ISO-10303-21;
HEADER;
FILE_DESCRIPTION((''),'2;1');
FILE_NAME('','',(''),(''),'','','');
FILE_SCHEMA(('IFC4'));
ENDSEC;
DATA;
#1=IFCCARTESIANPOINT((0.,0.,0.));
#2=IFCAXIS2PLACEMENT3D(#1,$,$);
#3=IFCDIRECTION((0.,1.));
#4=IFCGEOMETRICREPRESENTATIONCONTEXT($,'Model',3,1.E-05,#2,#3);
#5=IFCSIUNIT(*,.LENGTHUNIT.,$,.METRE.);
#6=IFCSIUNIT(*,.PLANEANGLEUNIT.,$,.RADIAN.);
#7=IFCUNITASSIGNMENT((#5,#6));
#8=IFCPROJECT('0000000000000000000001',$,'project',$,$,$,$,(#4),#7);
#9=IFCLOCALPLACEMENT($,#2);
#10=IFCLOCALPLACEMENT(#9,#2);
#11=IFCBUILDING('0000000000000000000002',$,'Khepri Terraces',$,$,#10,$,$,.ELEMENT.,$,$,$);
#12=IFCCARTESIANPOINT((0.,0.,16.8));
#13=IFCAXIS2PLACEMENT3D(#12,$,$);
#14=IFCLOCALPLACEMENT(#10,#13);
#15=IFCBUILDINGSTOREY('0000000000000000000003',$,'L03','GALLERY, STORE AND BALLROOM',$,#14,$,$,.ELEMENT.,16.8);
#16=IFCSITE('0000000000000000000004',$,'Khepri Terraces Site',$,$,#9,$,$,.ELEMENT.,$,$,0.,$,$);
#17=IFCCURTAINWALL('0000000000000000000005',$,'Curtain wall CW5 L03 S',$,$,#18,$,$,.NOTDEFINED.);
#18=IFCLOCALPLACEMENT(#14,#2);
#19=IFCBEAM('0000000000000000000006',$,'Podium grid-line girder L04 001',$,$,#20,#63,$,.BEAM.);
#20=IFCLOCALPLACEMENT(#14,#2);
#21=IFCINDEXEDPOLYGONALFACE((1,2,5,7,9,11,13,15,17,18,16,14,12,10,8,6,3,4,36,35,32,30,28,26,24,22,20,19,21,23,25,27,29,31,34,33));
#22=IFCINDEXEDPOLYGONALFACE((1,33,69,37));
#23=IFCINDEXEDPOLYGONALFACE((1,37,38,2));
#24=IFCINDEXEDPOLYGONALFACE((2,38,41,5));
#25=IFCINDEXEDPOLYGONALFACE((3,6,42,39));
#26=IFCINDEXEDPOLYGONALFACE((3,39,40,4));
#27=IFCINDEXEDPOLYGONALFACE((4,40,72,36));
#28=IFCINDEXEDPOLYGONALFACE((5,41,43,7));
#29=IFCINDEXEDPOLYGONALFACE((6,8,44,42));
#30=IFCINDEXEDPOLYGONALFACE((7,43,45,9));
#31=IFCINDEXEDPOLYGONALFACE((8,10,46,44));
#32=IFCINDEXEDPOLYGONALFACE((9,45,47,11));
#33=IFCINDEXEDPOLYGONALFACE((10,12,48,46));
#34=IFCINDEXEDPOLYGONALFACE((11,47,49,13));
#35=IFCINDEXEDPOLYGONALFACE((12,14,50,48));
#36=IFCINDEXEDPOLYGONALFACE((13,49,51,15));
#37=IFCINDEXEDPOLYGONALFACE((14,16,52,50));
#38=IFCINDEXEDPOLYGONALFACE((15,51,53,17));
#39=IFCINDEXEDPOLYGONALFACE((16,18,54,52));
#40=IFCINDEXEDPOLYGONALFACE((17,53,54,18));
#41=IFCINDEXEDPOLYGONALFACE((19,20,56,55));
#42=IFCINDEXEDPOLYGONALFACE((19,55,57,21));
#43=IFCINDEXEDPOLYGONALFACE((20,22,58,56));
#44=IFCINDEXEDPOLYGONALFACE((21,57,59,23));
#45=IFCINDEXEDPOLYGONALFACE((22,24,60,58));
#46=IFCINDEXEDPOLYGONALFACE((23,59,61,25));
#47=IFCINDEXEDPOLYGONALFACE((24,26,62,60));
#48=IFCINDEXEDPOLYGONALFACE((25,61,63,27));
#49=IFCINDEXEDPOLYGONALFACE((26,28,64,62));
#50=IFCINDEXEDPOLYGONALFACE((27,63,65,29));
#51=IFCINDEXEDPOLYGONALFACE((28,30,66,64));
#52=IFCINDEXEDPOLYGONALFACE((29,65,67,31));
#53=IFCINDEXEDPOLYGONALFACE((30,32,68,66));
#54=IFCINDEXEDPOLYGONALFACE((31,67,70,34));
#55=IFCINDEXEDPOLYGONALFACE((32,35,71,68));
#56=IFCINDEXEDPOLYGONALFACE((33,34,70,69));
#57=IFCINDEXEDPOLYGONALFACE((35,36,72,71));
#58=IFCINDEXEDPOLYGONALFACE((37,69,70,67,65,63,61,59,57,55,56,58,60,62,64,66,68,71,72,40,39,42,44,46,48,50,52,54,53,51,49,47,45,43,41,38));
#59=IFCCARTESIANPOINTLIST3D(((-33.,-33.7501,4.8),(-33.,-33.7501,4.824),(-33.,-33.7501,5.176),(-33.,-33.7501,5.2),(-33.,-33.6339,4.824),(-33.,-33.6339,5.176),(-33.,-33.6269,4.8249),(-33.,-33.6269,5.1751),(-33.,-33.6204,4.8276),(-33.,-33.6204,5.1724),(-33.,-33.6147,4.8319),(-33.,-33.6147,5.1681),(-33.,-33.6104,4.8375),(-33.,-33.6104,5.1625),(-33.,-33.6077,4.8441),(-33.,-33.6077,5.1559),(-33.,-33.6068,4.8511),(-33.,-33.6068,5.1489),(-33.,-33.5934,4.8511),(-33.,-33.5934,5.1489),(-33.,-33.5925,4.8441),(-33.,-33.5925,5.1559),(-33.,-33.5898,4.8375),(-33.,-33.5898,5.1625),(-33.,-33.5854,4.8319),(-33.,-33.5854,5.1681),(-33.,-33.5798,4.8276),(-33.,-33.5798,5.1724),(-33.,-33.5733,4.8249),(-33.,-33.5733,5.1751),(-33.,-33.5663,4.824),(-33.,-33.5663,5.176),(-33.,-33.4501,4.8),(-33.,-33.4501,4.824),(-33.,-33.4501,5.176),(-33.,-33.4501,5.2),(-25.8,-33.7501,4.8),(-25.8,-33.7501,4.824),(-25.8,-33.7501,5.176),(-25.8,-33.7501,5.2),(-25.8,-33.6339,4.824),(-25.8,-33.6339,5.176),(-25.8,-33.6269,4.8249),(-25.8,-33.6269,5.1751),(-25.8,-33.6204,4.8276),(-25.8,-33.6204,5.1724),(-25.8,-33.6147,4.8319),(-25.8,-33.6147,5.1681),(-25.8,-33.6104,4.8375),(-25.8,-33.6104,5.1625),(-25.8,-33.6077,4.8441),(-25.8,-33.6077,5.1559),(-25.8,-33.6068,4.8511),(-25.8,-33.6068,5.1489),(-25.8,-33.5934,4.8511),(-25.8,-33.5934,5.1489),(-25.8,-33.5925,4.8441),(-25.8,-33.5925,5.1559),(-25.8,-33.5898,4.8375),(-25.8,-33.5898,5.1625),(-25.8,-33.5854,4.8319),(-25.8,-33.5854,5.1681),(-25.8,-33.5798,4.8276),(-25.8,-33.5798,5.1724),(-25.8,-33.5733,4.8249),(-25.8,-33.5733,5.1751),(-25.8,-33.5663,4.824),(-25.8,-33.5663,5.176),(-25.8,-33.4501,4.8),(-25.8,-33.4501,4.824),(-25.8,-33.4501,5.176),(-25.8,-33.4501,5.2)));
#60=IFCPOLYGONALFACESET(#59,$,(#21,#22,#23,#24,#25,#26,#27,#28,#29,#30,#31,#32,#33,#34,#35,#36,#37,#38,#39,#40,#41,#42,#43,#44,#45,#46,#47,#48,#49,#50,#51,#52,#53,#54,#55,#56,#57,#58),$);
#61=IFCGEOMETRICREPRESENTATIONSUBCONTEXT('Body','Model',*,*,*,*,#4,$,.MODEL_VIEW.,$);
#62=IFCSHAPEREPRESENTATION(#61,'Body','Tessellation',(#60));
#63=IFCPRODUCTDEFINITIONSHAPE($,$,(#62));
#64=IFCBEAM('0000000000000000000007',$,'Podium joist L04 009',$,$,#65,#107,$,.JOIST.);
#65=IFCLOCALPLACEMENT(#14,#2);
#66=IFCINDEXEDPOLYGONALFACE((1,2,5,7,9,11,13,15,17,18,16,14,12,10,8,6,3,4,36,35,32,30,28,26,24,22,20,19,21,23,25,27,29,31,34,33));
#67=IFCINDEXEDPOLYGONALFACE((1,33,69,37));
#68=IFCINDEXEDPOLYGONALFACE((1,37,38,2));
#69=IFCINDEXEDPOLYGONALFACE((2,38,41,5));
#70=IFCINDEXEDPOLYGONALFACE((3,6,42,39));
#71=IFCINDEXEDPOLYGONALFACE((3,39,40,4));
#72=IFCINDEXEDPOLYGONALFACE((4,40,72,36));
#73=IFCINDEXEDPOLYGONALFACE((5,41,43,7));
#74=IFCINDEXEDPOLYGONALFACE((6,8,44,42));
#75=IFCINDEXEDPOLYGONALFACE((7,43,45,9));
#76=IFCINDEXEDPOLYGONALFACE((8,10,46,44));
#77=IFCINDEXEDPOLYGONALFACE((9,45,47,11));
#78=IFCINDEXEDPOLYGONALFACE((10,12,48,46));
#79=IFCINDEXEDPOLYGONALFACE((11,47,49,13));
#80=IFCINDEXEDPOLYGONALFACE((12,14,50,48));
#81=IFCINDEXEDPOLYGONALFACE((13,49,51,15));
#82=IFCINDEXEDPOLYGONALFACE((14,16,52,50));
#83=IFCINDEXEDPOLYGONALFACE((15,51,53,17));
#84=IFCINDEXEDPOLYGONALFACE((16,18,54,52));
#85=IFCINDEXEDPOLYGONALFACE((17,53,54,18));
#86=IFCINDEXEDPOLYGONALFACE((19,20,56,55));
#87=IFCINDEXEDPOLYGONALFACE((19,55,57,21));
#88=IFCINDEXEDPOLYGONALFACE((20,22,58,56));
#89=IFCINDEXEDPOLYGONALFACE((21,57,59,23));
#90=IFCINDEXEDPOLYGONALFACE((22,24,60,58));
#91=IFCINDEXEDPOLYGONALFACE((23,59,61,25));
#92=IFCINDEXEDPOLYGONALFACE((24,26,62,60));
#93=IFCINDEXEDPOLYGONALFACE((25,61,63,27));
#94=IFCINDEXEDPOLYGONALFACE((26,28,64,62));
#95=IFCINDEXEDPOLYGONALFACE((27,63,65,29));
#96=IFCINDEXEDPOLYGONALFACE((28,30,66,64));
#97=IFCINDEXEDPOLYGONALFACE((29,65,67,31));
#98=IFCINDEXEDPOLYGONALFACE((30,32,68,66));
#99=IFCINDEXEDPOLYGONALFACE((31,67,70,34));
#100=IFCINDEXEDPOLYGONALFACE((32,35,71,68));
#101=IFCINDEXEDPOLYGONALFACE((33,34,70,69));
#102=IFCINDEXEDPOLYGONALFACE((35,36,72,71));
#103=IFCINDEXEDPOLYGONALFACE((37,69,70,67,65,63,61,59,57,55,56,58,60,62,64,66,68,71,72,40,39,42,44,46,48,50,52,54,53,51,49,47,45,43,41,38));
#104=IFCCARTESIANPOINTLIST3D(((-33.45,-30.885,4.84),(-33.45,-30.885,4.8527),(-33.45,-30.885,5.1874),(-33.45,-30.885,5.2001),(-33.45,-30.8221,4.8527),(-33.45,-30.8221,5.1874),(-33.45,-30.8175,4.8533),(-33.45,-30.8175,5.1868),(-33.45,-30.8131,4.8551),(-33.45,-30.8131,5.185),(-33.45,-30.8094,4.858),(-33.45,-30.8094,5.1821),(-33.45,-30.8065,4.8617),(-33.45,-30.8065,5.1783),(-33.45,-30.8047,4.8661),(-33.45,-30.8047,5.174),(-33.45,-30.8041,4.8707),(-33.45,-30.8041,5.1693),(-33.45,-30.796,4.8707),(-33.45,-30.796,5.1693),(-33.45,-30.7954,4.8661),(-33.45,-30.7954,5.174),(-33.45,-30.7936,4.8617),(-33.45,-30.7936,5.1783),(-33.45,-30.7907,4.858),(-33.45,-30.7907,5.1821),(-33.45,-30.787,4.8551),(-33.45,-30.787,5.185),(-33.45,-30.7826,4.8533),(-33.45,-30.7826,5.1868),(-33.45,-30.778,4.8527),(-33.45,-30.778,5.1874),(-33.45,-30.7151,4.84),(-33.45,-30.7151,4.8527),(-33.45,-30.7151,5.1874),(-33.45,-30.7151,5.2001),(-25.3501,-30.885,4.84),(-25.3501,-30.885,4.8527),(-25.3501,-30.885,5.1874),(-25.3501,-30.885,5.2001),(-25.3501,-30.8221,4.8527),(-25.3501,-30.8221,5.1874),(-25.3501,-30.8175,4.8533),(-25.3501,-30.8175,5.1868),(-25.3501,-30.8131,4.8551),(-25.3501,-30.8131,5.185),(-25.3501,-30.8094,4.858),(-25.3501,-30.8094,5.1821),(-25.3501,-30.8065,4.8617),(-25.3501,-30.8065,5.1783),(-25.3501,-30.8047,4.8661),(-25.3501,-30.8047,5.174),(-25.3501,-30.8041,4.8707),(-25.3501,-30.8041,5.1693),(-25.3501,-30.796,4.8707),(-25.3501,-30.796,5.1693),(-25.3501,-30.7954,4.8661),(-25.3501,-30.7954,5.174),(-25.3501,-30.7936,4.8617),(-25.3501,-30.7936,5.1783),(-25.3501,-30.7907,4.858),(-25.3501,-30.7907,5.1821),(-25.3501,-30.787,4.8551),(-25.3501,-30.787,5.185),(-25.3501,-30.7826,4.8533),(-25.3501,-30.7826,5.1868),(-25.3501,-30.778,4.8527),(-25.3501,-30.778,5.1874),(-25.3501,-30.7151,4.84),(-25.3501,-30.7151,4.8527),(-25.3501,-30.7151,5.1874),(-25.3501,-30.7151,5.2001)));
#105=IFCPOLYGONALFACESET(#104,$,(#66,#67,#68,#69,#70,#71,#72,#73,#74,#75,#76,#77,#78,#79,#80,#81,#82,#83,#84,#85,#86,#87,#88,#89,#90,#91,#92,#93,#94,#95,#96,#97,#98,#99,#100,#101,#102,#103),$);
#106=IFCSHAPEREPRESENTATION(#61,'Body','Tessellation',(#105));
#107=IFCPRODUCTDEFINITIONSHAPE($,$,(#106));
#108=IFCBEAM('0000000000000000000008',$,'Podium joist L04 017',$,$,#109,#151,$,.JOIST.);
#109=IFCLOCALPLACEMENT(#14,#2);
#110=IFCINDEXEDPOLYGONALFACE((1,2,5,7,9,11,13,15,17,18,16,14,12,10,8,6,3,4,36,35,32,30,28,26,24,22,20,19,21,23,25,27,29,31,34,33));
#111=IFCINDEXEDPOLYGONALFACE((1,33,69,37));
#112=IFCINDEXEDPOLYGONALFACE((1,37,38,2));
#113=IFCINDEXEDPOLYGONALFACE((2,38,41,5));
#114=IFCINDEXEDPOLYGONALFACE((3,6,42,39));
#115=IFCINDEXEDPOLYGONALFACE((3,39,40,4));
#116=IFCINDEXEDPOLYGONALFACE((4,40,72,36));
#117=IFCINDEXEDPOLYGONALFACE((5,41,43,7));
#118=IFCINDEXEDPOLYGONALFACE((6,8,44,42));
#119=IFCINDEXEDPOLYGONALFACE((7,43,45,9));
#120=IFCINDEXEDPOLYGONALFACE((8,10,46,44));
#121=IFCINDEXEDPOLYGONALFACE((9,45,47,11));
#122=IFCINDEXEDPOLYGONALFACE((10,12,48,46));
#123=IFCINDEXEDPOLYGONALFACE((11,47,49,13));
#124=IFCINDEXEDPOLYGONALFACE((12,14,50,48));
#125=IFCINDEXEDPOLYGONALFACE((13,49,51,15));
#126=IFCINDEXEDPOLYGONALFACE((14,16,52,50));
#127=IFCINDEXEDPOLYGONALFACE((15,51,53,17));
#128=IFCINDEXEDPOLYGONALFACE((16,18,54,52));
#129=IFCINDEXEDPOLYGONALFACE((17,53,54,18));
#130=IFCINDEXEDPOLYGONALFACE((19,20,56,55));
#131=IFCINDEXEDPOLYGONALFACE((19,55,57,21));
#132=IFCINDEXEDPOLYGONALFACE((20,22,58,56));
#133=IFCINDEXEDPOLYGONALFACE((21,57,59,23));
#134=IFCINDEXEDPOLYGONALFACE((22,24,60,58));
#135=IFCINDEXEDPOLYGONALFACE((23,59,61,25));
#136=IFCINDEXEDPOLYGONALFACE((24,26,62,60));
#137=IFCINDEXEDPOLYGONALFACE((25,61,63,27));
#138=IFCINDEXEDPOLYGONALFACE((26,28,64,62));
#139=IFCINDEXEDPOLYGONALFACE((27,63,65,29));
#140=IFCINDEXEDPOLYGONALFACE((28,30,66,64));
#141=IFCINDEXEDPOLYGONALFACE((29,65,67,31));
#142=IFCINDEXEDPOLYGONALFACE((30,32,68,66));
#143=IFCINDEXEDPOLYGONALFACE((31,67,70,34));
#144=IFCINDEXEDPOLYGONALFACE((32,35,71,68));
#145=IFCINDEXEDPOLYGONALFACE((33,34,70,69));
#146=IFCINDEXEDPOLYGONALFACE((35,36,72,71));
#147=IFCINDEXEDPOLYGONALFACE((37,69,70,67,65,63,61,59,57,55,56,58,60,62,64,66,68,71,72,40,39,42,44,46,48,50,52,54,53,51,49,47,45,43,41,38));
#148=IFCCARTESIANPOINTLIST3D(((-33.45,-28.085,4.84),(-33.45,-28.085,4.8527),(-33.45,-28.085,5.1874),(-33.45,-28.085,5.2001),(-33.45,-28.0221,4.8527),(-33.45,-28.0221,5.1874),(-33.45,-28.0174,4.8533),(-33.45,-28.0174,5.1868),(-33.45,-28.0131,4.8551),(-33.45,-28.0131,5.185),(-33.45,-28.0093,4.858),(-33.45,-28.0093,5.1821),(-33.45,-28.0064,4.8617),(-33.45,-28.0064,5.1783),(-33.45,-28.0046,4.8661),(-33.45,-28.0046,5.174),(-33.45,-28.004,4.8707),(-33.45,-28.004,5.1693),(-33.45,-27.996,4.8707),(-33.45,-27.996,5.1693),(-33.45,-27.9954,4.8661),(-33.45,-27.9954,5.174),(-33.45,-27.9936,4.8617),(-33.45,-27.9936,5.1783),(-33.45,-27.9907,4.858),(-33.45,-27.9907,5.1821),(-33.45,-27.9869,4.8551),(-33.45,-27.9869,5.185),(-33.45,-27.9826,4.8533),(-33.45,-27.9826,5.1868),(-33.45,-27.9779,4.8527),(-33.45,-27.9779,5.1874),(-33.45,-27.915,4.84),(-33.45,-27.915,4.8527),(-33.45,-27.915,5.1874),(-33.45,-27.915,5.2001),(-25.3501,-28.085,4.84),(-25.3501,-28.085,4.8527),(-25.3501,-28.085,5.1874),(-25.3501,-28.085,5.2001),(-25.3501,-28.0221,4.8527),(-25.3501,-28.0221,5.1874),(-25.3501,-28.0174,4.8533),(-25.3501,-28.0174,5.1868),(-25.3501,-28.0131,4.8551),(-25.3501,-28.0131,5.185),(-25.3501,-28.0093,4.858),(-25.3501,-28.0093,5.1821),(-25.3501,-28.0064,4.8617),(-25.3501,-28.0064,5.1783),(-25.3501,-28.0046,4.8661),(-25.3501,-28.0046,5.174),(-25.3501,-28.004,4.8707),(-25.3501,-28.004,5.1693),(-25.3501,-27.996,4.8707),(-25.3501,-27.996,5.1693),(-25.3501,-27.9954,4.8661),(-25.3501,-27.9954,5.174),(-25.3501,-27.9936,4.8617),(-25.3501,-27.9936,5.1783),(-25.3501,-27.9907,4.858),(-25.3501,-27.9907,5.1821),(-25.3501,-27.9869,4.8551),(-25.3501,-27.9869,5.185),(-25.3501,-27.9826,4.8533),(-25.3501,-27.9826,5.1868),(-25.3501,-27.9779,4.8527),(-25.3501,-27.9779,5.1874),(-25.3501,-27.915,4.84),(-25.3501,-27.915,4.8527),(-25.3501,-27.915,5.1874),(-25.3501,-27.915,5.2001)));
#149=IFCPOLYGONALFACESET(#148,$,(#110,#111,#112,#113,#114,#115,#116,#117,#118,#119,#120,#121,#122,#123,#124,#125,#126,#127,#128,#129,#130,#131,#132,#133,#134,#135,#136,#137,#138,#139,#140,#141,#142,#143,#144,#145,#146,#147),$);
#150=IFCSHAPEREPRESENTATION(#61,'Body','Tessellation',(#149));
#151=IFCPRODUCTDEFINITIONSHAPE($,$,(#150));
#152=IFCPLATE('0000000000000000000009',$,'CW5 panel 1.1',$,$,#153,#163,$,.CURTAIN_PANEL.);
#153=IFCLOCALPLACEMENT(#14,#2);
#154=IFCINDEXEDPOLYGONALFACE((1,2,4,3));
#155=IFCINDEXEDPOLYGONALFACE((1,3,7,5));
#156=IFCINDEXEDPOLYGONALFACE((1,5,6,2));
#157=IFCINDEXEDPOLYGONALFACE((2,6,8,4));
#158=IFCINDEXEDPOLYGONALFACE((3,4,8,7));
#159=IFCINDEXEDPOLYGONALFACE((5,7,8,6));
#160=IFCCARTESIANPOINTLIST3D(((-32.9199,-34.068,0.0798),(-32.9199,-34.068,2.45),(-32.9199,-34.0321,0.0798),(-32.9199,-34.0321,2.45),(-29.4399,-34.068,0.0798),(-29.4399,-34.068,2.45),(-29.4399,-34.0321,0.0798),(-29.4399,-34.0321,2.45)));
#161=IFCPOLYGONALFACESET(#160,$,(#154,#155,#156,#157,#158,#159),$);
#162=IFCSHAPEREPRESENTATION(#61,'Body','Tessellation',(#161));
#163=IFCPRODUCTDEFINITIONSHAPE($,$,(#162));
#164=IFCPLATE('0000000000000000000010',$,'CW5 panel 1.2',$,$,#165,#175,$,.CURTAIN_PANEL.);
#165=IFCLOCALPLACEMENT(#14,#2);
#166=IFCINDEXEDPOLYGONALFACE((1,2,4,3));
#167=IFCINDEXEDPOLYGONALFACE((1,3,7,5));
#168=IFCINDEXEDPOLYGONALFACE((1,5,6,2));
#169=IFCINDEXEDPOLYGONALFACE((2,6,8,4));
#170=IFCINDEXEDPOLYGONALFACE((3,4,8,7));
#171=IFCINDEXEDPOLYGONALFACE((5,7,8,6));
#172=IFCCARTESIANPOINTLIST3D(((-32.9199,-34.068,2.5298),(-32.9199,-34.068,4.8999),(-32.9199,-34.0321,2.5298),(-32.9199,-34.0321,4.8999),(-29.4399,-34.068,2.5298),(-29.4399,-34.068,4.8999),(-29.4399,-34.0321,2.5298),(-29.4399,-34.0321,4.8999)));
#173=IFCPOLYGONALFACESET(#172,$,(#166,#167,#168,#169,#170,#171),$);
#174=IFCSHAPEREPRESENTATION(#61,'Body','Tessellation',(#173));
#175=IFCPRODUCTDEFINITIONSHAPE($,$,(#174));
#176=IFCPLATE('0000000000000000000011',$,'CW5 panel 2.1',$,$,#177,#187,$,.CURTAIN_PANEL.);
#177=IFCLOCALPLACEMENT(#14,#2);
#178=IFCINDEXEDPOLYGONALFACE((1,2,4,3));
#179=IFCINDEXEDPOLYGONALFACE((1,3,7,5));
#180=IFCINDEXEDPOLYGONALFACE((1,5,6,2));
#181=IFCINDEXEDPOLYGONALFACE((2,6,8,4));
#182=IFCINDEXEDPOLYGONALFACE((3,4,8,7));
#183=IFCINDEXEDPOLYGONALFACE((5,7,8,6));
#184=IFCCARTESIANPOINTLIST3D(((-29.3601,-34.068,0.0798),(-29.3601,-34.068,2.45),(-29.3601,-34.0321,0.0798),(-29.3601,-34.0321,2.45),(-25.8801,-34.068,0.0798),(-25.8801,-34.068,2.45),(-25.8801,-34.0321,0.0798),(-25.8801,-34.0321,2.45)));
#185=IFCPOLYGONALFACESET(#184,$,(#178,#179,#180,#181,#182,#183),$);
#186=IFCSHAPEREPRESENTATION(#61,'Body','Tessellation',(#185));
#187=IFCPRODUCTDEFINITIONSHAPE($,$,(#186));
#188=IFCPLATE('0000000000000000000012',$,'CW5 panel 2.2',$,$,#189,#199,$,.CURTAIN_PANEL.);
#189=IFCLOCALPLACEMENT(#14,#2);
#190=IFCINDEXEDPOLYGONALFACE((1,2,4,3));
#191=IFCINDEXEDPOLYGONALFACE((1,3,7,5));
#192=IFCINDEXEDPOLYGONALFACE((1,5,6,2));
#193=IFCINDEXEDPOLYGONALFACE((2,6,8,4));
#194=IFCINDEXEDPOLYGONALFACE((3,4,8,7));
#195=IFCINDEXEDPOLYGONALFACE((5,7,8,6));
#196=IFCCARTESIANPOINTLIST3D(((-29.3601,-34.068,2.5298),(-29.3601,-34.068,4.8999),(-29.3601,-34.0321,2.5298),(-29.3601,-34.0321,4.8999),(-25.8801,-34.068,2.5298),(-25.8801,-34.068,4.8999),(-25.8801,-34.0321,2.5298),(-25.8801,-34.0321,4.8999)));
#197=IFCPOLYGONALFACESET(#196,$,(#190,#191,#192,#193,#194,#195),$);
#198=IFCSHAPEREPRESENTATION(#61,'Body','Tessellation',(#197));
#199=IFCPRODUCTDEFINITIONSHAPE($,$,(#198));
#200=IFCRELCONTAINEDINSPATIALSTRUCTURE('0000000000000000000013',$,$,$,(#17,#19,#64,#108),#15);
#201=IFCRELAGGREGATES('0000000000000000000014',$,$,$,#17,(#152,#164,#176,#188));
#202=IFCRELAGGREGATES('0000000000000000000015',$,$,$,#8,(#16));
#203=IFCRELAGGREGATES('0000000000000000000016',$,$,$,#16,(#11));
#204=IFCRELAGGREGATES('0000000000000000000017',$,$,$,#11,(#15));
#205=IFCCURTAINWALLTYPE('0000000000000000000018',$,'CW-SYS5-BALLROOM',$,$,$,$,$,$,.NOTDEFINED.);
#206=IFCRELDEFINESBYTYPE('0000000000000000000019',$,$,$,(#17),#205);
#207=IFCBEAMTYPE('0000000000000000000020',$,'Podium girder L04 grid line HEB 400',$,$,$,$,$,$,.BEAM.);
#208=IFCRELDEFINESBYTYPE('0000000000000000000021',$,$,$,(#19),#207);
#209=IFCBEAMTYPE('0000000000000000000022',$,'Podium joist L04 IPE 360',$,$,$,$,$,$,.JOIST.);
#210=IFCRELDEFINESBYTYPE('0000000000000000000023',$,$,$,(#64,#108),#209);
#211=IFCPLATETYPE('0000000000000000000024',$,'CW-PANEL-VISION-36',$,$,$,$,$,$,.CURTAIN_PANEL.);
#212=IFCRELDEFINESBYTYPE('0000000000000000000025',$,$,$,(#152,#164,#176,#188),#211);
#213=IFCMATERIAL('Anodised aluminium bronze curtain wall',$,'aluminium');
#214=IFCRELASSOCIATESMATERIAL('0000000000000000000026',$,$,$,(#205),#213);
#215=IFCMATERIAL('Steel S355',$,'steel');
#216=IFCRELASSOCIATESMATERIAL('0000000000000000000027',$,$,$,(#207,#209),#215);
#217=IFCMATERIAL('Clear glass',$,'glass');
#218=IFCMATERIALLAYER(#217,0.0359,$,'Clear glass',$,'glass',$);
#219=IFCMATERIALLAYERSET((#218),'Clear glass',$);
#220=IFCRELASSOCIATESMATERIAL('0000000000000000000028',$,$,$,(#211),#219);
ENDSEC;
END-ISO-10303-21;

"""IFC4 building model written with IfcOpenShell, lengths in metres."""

from ifc_helpers import new_model, si_unit, direction, frame, origin, origin_2d, place, context, subcontext, project, spatial, rectangle, i_section, extrude, material, layer, layer_set, material_profile, profile_set, type_object, element, aggregate, save


model = new_model("IFC4")

# Units and contexts
model_context = context("Model", 3, precision=1e-05, world=origin(), true_north=direction((0.0, 1.0)))
body_context = subcontext(model_context, "Body", "Model", "MODEL_VIEW")
ifc_project = project(units=[si_unit("LENGTHUNIT", "METRE"), si_unit("PLANEANGLEUNIT", "RADIAN")], contexts=[model_context])

# Site, building, storey
site_placement = place(None, origin())
site = spatial("IfcSite", under=ifc_project, at=site_placement, Name="Khepri Terraces Site", CompositionType="ELEMENT", RefElevation=0.0)
building_placement = place(site_placement, origin())
building = spatial("IfcBuilding", under=site, at=building_placement, Name="Khepri Terraces", CompositionType="ELEMENT")
storey_placement = place(building_placement, frame((0.0, 0.0, 16.8)))
storey = spatial("IfcBuildingStorey", under=building, at=storey_placement, Name="L03", Description="GALLERY, STORE AND BALLROOM", CompositionType="ELEMENT", Elevation=16.8)

# Curtain wall
ifc_material_1 = material(Name="Anodised aluminium bronze curtain wall", Category="aluminium")
curtain_wall_type = type_object("IfcCurtainWallType", Name="CW-SYS5-BALLROOM", PredefinedType="NOTDEFINED", material=ifc_material_1)
curtain_wall_placement = place(storey_placement, origin())
curtain_wall = element("IfcCurtainWall", 1, at=curtain_wall_placement, inside=storey, type_object=curtain_wall_type, Name="Curtain wall CW5 L03 S", PredefinedType="NOTDEFINED")

# Beams
ifc_material_2 = material(Name="Steel S355", Category="steel")
ifc_material_profile_1 = material_profile(ifc_material_2, i_section(OverallWidth=0.3, OverallDepth=0.3999, WebThickness=0.0134, FlangeThickness=0.0239, FilletRadius=0.0271, at=origin_2d()), Name="Steel S355", Category="steel")
ifc_profile_set_1 = profile_set([ifc_material_profile_1], Name="Steel S355")
beam_type_1 = type_object("IfcBeamType", Name="Podium girder L04 grid line HEB 400", PredefinedType="BEAM", material=ifc_profile_set_1)
beam_1_placement = place(storey_placement, frame((-33.0, -33.6001, 5.0), z_axis=(1.0, 0.0, 0.0), x_axis=(0.0, 1.0, 0.0)))
element("IfcBeam", 2, at=beam_1_placement, inside=storey, type_object=beam_type_1, Name="Podium grid-line girder L04 001", PredefinedType="BEAM", context=body_context, shape_type="SweptSolid", body=[
    extrude(i_section(OverallWidth=0.3, OverallDepth=0.3999, WebThickness=0.0134, FlangeThickness=0.0239, FilletRadius=0.0271, at=origin_2d()), origin(), (0.0, 0.0, 1.0), 7.2),
])
ifc_material_profile_2 = material_profile(ifc_material_2, i_section(OverallWidth=0.1699, OverallDepth=0.3601, WebThickness=0.0081, FlangeThickness=0.0127, FilletRadius=0.0181, at=origin_2d()), Name="Steel S355", Category="steel")
ifc_profile_set_2 = profile_set([ifc_material_profile_2], Name="Steel S355")
beam_type_2 = type_object("IfcBeamType", Name="Podium joist L04 IPE 360", PredefinedType="JOIST", material=ifc_profile_set_2)
for number, where, z_axis, x_axis, name in (
    (3, (-33.45, -30.8, 5.02), (1.0, 0.0, 0.0), (0.0, 1.0, 0.0), "Podium joist L04 009"),
    (4, (-33.45, -28.0, 5.02), (1.0, 0.0, 0.0), (0.0, 1.0, 0.0), "Podium joist L04 017"),
):
    element("IfcBeam", number, at=place(storey_placement, frame(where, z_axis=z_axis, x_axis=x_axis)), inside=storey, type_object=beam_type_2, Name=name, PredefinedType="JOIST", context=body_context, shape_type="SweptSolid", body=[
        extrude(i_section(OverallWidth=0.1699, OverallDepth=0.3601, WebThickness=0.0081, FlangeThickness=0.0127, FilletRadius=0.0181, at=origin_2d()), origin(), (0.0, 0.0, 1.0), 8.0999),
    ])

# Plates
ifc_material_3 = material(Name="Clear glass", Category="glass")
ifc_layer_1 = layer(ifc_material_3, 0.0359, Name="Clear glass", Category="glass")
ifc_layer_set_1 = layer_set([ifc_layer_1], Name="Clear glass")
plate_type = type_object("IfcPlateType", Name="CW-PANEL-VISION-36", PredefinedType="CURTAIN_PANEL", material=ifc_layer_set_1)
plate_1_placement = place(storey_placement, frame((-31.1799, -34.05, 0.0798), z_axis=(0.0, 0.0, 1.0), x_axis=(1.0, 0.0, 0.0)))
plate_1 = element("IfcPlate", 5, at=plate_1_placement, type_object=plate_type, Name="CW5 panel 1.1", PredefinedType="CURTAIN_PANEL", context=body_context, shape_type="SweptSolid", body=[
    extrude(rectangle(XDim=3.48, YDim=0.0359, at=origin_2d()), origin(), (0.0, 0.0, 1.0), 2.3701),
])
plate_2_placement = place(storey_placement, frame((-31.1799, -34.05, 2.5298), z_axis=(0.0, 0.0, 1.0), x_axis=(1.0, 0.0, 0.0)))
plate_2 = element("IfcPlate", 6, at=plate_2_placement, type_object=plate_type, Name="CW5 panel 1.2", PredefinedType="CURTAIN_PANEL", context=body_context, shape_type="SweptSolid", body=[
    extrude(rectangle(XDim=3.48, YDim=0.0359, at=origin_2d()), origin(), (0.0, 0.0, 1.0), 2.3701),
])
plate_3_placement = place(storey_placement, frame((-27.6201, -34.05, 0.0798), z_axis=(0.0, 0.0, 1.0), x_axis=(1.0, 0.0, 0.0)))
plate_3 = element("IfcPlate", 7, at=plate_3_placement, type_object=plate_type, Name="CW5 panel 2.1", PredefinedType="CURTAIN_PANEL", context=body_context, shape_type="SweptSolid", body=[
    extrude(rectangle(XDim=3.48, YDim=0.0359, at=origin_2d()), origin(), (0.0, 0.0, 1.0), 2.3701),
])
plate_4_placement = place(storey_placement, frame((-27.6201, -34.05, 2.5298), z_axis=(0.0, 0.0, 1.0), x_axis=(1.0, 0.0, 0.0)))
plate_4 = element("IfcPlate", 8, at=plate_4_placement, type_object=plate_type, Name="CW5 panel 2.2", PredefinedType="CURTAIN_PANEL", context=body_context, shape_type="SweptSolid", body=[
    extrude(rectangle(XDim=3.48, YDim=0.0359, at=origin_2d()), origin(), (0.0, 0.0, 1.0), 2.3701),
])
aggregate(curtain_wall, [plate_1, plate_2, plate_3, plate_4])

save(model, "model.ifc")
